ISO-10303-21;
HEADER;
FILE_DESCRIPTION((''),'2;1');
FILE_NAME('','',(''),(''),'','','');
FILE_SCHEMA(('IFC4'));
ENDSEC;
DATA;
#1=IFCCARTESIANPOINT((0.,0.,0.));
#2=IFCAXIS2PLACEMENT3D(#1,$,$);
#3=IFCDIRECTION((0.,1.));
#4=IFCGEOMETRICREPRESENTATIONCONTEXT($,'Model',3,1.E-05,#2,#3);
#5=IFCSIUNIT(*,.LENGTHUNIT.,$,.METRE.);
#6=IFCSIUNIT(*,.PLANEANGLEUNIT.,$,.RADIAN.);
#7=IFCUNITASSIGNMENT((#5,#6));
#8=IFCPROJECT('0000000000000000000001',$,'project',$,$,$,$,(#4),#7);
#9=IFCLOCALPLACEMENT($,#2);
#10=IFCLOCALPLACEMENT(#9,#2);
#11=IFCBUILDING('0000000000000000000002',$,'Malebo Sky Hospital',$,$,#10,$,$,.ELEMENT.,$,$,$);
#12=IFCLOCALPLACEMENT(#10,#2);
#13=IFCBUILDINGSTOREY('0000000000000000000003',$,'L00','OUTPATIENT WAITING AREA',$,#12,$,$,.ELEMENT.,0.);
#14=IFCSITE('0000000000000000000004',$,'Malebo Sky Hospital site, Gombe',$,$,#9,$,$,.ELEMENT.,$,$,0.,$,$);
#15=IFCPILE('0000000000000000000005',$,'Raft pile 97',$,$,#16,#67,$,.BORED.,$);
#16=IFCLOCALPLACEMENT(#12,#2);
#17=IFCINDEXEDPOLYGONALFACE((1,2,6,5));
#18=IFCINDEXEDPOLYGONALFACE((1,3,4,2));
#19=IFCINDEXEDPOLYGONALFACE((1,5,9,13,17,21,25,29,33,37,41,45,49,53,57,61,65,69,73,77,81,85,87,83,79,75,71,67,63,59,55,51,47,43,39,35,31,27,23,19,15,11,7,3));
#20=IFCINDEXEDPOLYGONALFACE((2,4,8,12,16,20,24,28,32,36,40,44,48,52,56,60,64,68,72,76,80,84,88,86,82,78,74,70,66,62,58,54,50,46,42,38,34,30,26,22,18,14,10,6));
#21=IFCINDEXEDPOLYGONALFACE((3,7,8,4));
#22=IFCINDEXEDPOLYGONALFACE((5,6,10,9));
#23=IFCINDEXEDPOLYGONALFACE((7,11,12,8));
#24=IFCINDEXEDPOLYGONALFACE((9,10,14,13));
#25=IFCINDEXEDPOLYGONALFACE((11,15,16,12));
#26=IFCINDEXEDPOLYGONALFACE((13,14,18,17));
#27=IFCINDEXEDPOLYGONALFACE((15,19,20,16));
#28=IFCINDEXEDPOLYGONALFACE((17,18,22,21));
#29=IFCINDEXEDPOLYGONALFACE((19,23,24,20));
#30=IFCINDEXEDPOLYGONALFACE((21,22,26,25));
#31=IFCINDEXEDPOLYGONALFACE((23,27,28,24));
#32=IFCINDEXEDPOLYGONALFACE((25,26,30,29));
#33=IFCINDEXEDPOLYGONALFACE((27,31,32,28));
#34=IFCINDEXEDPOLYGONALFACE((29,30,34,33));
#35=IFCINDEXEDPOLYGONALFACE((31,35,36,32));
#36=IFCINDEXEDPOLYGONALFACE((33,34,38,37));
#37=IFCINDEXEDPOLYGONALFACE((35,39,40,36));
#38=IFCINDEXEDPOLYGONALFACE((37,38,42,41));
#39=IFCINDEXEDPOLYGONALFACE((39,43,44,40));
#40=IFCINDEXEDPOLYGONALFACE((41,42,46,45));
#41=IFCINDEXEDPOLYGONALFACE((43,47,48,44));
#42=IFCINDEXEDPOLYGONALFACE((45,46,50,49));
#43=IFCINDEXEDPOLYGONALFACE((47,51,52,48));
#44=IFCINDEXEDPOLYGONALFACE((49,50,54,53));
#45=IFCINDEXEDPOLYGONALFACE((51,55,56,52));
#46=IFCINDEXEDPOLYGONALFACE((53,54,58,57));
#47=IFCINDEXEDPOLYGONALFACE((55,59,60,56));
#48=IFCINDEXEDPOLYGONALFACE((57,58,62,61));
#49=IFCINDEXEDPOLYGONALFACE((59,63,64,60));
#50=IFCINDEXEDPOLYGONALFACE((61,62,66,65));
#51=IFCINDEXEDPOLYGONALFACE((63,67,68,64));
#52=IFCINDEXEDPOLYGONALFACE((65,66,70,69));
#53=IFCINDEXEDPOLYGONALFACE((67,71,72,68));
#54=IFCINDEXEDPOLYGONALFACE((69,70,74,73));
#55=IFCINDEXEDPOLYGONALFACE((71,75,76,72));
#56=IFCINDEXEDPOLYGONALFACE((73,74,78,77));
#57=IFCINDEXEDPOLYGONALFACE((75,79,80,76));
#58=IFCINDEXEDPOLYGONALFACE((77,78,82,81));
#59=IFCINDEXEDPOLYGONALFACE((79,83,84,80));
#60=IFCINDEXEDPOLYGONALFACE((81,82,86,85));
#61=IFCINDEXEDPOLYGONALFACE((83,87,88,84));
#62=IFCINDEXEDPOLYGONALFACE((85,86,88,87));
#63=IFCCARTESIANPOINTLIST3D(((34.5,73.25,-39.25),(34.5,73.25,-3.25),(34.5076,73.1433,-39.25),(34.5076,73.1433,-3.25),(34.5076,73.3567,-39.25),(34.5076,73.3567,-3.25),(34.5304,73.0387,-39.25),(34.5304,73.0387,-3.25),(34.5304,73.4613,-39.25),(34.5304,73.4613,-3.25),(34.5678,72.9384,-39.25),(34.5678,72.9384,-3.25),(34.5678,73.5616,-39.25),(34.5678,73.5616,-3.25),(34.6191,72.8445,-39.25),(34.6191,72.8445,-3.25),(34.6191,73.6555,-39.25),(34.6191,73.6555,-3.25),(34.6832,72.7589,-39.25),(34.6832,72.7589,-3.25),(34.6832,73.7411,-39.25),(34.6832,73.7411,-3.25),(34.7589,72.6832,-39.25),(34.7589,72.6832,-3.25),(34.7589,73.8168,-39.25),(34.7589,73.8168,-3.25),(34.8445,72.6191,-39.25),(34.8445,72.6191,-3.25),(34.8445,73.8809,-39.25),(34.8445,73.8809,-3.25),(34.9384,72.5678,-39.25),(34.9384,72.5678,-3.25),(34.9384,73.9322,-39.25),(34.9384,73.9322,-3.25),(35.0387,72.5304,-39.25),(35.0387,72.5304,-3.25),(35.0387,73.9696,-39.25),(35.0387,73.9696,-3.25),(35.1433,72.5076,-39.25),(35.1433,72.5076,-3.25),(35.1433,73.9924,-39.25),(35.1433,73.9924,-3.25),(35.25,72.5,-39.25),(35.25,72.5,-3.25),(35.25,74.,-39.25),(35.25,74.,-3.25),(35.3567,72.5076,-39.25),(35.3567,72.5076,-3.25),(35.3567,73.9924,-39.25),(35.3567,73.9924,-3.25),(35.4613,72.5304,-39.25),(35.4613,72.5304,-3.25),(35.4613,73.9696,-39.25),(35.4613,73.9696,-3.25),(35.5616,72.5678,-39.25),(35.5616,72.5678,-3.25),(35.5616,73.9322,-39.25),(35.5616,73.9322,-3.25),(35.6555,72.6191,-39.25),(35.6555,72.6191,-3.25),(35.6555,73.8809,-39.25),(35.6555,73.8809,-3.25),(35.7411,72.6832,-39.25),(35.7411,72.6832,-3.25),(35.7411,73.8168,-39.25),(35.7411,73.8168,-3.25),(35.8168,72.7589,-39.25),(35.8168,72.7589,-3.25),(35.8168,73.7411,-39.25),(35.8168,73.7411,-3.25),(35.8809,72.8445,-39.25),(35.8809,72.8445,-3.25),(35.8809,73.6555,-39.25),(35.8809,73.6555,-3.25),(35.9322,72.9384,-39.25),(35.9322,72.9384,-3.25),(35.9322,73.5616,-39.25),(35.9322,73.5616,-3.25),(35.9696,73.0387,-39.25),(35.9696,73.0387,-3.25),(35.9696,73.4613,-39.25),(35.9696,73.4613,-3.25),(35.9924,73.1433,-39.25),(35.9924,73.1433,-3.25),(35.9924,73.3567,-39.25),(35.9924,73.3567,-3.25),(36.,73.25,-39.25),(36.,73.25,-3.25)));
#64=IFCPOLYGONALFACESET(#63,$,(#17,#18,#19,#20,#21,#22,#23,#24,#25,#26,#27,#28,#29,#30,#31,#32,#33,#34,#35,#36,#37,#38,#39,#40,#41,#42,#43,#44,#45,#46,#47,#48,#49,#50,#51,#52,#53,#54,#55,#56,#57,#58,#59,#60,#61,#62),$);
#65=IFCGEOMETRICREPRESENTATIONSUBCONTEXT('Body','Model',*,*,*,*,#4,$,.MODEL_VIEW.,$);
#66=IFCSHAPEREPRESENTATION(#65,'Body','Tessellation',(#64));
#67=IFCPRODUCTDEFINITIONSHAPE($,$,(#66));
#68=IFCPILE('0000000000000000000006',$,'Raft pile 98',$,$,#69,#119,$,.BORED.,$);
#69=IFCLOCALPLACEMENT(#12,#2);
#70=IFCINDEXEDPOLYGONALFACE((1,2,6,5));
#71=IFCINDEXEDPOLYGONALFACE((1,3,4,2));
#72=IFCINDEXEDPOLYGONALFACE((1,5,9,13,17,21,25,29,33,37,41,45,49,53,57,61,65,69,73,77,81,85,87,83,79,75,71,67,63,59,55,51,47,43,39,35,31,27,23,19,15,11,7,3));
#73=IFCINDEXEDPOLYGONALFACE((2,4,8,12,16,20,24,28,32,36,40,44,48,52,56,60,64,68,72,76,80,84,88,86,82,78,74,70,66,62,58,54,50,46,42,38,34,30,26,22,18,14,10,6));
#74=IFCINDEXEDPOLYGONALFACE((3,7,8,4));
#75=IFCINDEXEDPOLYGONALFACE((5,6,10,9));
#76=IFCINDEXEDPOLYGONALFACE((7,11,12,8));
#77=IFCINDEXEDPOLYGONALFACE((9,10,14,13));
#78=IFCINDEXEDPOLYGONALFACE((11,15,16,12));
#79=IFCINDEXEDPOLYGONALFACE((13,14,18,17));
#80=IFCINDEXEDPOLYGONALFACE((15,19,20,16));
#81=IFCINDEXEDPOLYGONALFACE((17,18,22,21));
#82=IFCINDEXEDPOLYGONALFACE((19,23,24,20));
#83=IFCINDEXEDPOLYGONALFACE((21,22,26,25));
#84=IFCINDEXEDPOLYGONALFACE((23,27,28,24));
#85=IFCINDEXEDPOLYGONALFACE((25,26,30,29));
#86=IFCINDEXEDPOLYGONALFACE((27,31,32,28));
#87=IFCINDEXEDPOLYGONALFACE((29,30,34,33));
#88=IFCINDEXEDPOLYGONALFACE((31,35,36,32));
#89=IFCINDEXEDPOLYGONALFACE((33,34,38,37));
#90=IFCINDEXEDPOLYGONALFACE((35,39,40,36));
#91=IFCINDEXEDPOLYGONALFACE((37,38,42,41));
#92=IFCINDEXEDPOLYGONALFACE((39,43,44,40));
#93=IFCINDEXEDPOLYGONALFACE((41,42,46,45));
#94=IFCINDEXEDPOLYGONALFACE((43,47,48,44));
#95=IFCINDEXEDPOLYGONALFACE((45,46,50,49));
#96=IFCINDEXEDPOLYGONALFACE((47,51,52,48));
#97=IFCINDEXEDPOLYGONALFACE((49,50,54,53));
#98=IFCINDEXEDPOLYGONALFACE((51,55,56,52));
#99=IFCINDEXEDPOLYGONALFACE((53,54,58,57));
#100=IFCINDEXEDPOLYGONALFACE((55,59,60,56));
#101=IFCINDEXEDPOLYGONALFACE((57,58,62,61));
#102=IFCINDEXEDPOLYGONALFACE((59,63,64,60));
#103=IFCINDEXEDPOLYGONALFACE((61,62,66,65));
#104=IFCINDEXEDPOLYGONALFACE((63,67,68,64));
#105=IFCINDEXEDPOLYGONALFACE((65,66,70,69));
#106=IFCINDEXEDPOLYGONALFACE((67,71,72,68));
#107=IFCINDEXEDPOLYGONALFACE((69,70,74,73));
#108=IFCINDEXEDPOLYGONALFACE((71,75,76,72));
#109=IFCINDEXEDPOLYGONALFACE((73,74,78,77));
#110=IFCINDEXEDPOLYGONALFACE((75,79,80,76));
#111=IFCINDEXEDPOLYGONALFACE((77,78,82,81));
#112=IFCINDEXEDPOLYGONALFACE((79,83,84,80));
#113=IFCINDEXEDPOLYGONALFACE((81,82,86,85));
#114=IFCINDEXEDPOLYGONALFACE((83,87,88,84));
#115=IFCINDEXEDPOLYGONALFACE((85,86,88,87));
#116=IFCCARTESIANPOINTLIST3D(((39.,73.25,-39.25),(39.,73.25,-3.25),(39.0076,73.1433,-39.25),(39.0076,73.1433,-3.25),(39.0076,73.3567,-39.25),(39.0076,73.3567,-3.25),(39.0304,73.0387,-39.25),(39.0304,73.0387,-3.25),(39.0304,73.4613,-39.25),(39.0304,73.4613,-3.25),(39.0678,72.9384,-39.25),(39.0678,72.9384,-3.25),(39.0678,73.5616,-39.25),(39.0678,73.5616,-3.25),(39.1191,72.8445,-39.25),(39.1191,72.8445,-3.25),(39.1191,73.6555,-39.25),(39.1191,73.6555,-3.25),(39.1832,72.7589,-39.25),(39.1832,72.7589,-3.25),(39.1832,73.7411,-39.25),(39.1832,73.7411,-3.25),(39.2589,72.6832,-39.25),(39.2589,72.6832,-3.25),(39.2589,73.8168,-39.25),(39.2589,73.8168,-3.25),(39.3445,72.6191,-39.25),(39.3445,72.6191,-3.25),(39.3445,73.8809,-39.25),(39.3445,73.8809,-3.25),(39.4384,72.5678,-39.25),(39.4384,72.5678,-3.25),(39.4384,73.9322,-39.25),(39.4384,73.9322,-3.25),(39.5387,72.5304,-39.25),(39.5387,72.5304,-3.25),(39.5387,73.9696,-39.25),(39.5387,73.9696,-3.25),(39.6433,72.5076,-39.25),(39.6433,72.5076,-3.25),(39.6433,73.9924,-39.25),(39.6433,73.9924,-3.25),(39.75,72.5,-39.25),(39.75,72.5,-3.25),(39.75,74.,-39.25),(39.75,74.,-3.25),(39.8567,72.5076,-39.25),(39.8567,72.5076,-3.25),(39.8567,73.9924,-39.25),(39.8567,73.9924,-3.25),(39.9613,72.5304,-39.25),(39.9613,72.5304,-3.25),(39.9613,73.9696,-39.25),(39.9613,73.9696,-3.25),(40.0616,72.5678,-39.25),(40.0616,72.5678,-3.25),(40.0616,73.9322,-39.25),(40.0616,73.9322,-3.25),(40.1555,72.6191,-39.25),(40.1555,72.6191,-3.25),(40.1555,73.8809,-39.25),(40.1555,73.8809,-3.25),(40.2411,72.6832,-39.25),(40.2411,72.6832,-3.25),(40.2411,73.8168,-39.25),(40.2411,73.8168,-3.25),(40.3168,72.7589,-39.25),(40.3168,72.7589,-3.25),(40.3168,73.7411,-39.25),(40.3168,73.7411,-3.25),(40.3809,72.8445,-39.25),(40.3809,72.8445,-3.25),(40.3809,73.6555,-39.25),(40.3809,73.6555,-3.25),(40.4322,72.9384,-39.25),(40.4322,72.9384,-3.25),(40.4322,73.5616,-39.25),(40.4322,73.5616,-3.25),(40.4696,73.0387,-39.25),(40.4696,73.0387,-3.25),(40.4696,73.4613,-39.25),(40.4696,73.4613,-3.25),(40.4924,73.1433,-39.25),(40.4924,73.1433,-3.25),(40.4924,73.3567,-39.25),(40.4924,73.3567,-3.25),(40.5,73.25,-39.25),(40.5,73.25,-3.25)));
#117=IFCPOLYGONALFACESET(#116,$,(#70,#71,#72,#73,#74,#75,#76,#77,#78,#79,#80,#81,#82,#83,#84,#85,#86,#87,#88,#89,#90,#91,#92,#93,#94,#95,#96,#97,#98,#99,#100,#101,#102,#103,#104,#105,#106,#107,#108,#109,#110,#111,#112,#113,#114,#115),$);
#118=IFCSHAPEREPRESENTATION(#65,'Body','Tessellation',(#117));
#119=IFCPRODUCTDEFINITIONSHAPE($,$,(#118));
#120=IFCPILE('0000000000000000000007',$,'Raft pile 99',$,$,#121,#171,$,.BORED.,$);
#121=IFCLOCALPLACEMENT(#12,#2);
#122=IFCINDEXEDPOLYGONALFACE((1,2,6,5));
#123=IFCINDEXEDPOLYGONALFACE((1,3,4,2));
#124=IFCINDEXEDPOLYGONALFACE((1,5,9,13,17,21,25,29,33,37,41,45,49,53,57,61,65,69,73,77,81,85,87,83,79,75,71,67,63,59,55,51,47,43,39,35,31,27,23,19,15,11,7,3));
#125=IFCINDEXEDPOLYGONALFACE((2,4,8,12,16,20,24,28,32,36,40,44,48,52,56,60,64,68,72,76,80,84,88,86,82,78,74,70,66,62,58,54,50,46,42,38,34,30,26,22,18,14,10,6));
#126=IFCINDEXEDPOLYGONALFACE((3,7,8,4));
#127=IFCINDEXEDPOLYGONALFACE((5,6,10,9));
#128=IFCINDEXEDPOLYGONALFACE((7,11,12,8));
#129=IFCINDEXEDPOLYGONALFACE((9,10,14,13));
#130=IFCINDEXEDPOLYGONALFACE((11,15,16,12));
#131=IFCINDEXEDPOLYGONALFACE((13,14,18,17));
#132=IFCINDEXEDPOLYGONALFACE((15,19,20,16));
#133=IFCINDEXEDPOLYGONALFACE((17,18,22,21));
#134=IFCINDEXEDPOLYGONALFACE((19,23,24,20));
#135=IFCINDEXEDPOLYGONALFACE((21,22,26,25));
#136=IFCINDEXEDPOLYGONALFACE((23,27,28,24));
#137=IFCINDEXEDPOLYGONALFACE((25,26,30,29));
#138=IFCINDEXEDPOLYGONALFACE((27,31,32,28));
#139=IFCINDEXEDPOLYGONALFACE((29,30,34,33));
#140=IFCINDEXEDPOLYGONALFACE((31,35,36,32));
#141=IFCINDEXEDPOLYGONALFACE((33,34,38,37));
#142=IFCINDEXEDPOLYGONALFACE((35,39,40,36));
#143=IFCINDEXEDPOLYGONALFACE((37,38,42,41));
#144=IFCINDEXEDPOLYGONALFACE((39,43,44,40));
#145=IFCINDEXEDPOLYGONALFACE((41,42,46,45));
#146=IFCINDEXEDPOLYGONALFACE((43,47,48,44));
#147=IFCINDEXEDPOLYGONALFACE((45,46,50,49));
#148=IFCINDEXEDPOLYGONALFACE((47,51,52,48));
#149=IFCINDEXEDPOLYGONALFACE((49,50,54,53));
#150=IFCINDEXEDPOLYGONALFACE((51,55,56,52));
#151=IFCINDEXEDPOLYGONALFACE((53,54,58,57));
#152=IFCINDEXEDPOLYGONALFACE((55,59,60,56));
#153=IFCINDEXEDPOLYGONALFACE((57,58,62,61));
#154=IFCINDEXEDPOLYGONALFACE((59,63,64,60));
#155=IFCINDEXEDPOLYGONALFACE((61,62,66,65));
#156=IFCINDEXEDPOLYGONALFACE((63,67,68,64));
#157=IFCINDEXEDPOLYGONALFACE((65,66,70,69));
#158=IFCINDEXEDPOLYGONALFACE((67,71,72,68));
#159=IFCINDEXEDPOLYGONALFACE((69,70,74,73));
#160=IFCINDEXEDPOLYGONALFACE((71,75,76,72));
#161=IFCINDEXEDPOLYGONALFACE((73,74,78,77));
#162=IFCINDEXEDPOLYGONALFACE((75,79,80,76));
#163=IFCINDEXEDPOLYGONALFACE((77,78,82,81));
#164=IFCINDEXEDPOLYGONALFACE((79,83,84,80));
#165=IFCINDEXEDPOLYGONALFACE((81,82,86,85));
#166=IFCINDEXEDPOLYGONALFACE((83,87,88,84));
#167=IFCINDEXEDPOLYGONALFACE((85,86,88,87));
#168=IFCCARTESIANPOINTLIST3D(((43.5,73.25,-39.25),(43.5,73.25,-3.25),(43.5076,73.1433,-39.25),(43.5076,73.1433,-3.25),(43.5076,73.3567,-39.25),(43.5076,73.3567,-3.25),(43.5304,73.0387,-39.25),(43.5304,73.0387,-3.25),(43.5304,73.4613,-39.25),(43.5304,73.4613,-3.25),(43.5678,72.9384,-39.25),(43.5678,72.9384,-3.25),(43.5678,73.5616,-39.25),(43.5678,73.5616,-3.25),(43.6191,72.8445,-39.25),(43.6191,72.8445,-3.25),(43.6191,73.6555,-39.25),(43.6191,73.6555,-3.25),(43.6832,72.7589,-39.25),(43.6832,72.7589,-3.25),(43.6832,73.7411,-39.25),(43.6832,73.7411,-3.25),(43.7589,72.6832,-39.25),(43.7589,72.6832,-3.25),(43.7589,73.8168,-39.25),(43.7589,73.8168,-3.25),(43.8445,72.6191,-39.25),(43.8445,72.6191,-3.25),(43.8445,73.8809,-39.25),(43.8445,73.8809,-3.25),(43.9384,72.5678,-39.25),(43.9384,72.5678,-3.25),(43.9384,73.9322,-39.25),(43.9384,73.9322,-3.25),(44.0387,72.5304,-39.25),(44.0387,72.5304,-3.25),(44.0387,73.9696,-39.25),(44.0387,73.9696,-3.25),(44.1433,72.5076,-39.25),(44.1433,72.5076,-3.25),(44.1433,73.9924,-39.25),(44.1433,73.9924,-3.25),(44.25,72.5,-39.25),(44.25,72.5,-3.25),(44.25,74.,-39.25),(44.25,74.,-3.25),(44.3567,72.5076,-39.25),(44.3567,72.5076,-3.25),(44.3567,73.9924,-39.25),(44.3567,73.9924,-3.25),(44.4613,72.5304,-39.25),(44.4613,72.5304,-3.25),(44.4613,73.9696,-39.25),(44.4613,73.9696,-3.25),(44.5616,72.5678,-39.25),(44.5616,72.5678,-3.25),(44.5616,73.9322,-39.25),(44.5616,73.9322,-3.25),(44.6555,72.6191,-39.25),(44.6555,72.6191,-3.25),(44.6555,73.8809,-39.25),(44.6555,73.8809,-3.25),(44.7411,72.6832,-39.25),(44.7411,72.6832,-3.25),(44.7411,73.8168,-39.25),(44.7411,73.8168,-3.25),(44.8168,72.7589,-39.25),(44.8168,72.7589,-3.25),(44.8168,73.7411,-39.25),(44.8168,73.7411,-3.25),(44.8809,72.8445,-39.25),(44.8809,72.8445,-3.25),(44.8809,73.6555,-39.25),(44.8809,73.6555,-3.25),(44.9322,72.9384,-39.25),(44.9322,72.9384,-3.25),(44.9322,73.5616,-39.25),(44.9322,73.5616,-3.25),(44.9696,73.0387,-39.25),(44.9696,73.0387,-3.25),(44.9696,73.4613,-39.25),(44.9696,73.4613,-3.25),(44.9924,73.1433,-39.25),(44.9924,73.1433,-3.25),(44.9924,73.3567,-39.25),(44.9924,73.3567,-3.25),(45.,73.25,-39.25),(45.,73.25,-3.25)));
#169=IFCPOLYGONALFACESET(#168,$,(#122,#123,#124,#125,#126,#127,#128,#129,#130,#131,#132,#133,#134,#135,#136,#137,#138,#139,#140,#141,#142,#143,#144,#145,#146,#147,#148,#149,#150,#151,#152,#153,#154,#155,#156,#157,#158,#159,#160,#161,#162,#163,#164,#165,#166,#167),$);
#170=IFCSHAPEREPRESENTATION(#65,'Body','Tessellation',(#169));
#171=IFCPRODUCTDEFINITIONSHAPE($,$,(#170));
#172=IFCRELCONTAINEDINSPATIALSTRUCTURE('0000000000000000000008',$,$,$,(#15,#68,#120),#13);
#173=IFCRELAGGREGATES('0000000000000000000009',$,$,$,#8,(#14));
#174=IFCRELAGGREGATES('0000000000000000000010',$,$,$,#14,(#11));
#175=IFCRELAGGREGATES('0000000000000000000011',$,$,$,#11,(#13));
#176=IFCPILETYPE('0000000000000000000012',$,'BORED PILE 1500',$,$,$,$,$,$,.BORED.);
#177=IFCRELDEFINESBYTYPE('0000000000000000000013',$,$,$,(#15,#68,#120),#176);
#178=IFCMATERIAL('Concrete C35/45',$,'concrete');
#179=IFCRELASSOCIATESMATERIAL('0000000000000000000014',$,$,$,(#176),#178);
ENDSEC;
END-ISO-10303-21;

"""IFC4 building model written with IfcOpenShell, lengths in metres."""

from ifc_helpers import new_model, si_unit, direction, frame, origin, origin_2d, place, context, subcontext, project, spatial, circle, extrude, material, material_profile, profile_set, type_object, element, save


model = new_model("IFC4")

# Units and contexts
model_context = context("Model", 3, precision=1e-05, world=origin(), true_north=direction((0.0, 1.0)))
body_context = subcontext(model_context, "Body", "Model", "MODEL_VIEW")
ifc_project = project(units=[si_unit("LENGTHUNIT", "METRE"), si_unit("PLANEANGLEUNIT", "RADIAN")], contexts=[model_context])

# Site, building, storey
site_placement = place(None, origin())
site = spatial("IfcSite", under=ifc_project, at=site_placement, Name="Malebo Sky Hospital site, Gombe", CompositionType="ELEMENT", RefElevation=0.0)
building_placement = place(site_placement, origin())
building = spatial("IfcBuilding", under=site, at=building_placement, Name="Malebo Sky Hospital", CompositionType="ELEMENT")
storey_placement = place(building_placement, origin())
storey = spatial("IfcBuildingStorey", under=building, at=storey_placement, Name="L00", Description="OUTPATIENT WAITING AREA", CompositionType="ELEMENT", Elevation=0.0)

# Piles
ifc_material_1 = material(Name="Concrete C35/45", Category="concrete")
ifc_material_profile_1 = material_profile(ifc_material_1, circle(Radius=0.75, at=origin_2d()), Name="BP 1500")
ifc_profile_set_1 = profile_set([ifc_material_profile_1], Name="Concrete C35/45")
pile_type = type_object("IfcPileType", Name="BORED PILE 1500", PredefinedType="BORED", material=ifc_profile_set_1)
for number, where, z_axis, x_axis, name in (
    (1, (35.25, 73.25, -3.25), (0.0, 0.0, -1.0), (1.0, 0.0, 0.0), "Raft pile 97"),
    (2, (39.75, 73.25, -3.25), (0.0, 0.0, -1.0), (1.0, 0.0, 0.0), "Raft pile 98"),
    (3, (44.25, 73.25, -3.25), (0.0, 0.0, -1.0), (1.0, 0.0, 0.0), "Raft pile 99"),
):
    element("IfcPile", number, at=place(storey_placement, frame(where, z_axis=z_axis, x_axis=x_axis)), inside=storey, type_object=pile_type, Name=name, PredefinedType="BORED", context=body_context, shape_type="SweptSolid", body=[
        extrude(circle(Radius=0.75, at=origin_2d()), origin(), (0.0, 0.0, 1.0), 36.0),
    ])

save(model, "model.ifc")
